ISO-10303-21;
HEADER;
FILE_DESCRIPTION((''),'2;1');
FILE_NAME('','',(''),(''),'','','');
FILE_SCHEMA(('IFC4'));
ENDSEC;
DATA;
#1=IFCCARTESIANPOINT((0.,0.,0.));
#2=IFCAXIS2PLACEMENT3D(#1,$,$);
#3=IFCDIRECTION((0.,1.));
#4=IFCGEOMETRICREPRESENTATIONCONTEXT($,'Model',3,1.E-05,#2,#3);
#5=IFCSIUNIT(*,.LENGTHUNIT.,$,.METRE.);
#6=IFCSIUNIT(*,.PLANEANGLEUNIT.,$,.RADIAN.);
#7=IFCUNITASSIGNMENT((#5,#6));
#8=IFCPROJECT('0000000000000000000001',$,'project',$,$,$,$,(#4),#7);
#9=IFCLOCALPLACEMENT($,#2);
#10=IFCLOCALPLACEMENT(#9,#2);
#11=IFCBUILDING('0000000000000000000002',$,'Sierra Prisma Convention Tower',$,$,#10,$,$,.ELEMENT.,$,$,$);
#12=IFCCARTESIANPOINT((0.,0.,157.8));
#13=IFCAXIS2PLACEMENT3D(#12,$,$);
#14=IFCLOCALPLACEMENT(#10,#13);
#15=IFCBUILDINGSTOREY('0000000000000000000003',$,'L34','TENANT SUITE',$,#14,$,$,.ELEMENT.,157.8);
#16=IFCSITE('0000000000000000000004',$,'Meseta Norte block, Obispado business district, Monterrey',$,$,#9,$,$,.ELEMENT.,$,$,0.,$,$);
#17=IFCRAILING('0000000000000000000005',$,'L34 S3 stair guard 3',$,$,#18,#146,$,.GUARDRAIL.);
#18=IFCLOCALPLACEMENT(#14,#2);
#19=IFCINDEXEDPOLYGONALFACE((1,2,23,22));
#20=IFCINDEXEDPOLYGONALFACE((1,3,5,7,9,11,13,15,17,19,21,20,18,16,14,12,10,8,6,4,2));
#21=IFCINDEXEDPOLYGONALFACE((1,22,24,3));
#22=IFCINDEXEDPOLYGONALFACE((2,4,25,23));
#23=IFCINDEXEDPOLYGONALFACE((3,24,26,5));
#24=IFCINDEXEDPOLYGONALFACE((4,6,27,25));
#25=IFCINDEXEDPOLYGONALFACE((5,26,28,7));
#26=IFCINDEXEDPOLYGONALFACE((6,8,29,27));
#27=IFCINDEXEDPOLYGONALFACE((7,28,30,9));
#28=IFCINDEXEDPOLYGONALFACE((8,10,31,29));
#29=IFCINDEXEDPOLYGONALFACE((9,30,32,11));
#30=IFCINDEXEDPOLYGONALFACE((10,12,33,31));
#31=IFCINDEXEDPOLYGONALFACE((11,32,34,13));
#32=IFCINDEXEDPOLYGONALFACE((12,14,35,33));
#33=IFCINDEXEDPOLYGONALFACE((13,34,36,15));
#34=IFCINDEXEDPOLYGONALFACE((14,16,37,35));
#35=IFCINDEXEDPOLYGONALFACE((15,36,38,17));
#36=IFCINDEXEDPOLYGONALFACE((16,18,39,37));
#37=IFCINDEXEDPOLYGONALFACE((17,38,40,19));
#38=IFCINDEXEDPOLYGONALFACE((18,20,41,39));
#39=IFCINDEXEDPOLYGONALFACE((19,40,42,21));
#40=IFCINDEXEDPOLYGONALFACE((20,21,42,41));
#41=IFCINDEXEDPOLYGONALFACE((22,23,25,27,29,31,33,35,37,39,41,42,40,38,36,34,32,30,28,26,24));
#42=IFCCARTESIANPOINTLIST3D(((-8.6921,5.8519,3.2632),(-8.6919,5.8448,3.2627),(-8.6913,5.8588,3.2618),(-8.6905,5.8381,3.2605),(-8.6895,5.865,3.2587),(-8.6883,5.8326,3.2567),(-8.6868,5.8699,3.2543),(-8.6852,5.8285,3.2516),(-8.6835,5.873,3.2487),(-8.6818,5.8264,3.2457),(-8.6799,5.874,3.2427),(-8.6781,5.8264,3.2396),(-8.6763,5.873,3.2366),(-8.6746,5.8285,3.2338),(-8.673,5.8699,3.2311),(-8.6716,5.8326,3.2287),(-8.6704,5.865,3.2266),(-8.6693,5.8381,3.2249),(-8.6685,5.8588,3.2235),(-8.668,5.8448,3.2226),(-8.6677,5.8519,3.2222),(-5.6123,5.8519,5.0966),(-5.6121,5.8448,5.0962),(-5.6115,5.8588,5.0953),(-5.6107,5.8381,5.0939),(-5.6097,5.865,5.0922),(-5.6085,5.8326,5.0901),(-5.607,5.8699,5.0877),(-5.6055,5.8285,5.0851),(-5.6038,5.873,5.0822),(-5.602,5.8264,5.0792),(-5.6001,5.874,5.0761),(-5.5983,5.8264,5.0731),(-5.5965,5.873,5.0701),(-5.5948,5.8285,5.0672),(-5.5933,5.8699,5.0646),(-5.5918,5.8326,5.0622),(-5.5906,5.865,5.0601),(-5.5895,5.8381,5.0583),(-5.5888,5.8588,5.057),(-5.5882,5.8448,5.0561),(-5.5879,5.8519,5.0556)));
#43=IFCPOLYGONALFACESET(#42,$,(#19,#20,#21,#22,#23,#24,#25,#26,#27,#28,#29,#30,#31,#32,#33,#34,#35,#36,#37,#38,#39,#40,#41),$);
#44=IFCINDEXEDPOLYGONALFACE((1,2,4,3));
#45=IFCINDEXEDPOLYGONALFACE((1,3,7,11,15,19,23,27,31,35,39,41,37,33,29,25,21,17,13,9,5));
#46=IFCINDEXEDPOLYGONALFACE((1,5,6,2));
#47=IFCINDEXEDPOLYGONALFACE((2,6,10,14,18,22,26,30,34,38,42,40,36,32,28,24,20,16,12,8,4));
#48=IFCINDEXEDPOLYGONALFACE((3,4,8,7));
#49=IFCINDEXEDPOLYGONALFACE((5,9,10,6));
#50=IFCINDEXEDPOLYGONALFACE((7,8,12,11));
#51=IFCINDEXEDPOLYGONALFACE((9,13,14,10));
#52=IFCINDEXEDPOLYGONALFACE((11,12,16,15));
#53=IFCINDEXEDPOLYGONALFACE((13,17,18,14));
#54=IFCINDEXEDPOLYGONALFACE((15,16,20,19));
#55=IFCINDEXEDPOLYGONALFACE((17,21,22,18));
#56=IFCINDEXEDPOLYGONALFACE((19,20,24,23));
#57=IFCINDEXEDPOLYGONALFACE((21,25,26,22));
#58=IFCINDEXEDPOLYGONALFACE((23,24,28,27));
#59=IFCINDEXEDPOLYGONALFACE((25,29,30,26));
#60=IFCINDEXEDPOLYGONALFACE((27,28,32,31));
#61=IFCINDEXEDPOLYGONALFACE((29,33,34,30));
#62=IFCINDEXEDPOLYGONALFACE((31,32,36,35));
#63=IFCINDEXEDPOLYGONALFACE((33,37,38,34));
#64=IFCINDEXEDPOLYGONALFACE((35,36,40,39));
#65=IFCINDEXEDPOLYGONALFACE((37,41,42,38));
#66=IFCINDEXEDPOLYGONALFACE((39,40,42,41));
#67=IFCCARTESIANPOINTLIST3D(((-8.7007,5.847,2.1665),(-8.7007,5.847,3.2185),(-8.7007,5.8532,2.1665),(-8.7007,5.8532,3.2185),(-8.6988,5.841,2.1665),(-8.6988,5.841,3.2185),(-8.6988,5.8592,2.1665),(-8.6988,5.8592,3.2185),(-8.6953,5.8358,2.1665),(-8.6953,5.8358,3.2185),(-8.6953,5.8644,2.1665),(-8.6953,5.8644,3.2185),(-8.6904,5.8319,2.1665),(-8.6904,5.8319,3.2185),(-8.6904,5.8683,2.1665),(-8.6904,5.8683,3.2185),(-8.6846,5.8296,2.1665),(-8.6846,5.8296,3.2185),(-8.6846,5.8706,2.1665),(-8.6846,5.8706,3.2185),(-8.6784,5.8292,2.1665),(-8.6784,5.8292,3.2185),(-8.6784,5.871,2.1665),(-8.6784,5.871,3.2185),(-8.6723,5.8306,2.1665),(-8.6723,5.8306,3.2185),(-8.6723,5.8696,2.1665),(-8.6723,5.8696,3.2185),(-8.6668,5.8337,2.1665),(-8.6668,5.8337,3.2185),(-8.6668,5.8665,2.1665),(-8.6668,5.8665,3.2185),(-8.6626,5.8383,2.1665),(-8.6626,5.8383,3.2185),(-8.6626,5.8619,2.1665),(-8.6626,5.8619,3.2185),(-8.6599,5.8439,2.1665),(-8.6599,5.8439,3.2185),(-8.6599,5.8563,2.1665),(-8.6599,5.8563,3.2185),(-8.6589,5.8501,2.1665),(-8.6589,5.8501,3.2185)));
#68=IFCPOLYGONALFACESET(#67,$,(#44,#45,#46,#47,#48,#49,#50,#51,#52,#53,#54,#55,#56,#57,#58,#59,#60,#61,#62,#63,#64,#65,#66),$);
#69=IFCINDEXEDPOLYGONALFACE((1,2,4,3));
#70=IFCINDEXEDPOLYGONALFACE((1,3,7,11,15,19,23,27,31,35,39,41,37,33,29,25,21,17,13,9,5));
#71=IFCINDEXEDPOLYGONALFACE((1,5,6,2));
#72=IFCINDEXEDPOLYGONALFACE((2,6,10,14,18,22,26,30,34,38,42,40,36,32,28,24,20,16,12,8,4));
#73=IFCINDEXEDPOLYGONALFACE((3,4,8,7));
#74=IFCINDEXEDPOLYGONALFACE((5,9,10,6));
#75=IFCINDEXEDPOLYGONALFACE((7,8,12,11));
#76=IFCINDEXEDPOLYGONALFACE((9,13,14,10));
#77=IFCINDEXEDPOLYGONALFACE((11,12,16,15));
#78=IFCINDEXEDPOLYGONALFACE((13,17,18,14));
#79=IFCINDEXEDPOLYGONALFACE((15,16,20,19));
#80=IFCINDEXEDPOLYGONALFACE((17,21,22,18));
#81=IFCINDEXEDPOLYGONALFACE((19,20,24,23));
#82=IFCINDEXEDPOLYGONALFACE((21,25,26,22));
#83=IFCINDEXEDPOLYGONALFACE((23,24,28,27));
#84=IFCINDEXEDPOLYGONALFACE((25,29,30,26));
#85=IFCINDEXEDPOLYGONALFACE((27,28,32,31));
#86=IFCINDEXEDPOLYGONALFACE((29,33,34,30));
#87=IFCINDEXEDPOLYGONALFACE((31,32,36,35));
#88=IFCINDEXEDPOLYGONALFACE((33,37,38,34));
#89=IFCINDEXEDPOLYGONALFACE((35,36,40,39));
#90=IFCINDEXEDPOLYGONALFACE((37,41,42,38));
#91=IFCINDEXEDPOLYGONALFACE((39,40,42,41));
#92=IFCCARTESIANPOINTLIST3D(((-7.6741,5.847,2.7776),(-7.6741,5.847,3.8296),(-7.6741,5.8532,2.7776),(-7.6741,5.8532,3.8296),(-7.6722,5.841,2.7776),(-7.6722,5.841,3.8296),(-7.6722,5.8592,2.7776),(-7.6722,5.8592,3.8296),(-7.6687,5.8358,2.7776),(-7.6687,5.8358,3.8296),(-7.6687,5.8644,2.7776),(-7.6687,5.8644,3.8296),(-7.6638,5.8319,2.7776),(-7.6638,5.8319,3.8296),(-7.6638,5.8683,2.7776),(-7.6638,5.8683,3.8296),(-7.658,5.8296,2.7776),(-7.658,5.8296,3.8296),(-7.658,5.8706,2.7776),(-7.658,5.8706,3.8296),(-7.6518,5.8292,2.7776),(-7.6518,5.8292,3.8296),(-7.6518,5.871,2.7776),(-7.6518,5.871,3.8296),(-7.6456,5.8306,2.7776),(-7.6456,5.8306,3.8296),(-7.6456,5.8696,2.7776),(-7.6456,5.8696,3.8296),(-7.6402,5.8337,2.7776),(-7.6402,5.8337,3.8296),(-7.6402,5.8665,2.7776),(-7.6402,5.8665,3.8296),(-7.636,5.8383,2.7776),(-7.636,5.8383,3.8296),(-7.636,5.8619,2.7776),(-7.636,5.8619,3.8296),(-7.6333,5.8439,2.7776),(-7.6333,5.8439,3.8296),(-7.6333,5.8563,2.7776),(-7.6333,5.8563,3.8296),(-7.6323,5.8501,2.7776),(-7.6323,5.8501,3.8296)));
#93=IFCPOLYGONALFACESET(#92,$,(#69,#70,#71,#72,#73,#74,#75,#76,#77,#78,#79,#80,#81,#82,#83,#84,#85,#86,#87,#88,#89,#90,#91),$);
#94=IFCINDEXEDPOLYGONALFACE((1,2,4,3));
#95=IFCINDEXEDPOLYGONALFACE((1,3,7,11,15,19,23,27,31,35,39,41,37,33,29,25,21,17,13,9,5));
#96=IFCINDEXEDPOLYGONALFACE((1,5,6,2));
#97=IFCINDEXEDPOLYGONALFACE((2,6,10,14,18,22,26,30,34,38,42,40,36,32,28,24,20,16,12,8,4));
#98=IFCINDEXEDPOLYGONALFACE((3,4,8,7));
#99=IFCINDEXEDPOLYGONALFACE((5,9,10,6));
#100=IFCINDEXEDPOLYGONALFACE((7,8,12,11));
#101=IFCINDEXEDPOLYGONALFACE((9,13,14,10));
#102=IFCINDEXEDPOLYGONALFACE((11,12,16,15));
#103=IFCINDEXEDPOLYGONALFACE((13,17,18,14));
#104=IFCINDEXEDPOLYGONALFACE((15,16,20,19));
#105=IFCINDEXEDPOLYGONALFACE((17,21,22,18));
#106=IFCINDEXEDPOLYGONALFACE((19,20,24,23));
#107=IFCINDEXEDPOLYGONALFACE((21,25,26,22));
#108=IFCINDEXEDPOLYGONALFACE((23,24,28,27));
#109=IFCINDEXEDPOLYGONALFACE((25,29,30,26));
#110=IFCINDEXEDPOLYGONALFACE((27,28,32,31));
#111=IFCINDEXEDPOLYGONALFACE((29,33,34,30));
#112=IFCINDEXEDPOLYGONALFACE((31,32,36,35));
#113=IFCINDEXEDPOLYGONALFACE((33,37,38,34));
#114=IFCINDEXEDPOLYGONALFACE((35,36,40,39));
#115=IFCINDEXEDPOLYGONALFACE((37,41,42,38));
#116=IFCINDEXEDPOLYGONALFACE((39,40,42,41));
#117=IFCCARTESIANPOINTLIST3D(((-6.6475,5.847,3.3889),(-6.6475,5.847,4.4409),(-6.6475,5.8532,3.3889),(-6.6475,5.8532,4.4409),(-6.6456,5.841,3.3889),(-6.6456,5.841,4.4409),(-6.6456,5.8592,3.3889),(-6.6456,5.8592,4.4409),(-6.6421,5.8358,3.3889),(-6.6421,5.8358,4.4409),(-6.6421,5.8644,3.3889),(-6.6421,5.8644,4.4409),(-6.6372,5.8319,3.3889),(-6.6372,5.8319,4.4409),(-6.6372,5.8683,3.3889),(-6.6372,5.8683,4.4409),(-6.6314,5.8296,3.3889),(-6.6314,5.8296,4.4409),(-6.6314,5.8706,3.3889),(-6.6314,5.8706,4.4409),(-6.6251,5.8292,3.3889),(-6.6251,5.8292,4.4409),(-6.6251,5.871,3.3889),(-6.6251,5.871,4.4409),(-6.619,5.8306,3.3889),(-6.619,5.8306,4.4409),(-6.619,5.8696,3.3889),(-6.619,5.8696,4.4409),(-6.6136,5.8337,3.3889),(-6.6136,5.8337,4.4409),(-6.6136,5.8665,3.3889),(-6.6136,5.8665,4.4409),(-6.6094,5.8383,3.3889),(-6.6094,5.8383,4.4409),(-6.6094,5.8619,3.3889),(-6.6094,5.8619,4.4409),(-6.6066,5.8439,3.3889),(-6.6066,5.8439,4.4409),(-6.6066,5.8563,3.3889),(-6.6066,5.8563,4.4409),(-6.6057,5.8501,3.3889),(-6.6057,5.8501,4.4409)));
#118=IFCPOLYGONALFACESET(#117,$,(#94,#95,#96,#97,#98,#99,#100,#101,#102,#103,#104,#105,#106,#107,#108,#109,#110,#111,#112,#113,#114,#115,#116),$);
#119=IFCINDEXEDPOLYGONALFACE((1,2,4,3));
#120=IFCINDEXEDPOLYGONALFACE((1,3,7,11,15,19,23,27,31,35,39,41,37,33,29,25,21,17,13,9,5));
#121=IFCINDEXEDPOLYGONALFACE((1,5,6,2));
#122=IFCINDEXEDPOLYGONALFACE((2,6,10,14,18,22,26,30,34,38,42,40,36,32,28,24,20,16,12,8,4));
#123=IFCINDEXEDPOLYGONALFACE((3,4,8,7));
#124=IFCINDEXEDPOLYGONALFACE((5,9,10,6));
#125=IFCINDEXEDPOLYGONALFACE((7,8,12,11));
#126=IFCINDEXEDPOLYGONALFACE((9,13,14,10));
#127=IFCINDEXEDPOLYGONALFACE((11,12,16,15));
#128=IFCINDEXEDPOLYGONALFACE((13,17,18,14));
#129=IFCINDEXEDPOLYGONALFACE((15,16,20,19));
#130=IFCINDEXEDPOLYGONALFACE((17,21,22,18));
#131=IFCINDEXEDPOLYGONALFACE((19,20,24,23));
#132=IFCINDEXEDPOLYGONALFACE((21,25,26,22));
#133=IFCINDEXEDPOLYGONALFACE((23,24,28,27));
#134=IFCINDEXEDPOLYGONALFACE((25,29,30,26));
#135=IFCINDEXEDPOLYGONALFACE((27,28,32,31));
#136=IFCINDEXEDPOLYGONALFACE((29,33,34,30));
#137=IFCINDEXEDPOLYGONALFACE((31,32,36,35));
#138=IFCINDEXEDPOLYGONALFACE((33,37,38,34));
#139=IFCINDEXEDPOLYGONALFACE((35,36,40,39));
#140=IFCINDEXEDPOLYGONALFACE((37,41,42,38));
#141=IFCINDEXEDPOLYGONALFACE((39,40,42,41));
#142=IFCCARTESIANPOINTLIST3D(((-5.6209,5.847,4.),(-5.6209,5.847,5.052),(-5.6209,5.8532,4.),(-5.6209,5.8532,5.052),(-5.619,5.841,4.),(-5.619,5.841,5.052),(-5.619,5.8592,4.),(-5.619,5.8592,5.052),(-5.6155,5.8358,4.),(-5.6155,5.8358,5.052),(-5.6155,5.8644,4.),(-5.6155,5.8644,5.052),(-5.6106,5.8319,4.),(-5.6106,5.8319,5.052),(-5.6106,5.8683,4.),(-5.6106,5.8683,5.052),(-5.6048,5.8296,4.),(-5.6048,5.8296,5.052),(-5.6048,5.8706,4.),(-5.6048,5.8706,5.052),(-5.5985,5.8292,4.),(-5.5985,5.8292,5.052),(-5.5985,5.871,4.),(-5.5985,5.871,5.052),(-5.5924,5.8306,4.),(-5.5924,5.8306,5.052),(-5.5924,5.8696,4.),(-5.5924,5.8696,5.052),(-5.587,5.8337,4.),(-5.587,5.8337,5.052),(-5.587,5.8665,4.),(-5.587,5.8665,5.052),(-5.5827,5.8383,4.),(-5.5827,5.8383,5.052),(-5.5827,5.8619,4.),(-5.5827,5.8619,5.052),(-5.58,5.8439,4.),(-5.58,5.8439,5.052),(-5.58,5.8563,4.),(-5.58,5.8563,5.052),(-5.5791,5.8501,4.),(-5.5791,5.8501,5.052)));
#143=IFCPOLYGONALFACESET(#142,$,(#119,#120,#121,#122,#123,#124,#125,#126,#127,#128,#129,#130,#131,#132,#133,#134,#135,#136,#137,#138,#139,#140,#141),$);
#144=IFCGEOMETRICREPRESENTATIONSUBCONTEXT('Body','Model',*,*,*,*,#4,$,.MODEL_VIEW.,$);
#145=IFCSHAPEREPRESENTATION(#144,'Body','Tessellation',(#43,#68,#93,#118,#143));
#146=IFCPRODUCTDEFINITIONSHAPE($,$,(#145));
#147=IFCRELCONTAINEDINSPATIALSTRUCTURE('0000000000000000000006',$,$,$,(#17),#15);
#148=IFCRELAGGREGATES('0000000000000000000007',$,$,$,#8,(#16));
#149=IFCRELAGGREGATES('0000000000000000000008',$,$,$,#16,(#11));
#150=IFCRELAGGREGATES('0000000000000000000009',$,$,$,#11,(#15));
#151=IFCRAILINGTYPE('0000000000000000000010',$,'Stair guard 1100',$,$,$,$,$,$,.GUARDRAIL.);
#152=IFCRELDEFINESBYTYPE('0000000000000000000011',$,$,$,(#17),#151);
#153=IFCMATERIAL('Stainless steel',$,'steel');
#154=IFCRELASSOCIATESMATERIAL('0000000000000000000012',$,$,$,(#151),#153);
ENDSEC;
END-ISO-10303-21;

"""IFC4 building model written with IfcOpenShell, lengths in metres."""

from ifc_helpers import new_model, si_unit, direction, frame, origin, origin_2d, place, context, subcontext, project, spatial, circle, extrude, material, type_object, element, save


model = new_model("IFC4")

# Units and contexts
model_context = context("Model", 3, precision=1e-05, world=origin(), true_north=direction((0.0, 1.0)))
body_context = subcontext(model_context, "Body", "Model", "MODEL_VIEW")
ifc_project = project(units=[si_unit("LENGTHUNIT", "METRE"), si_unit("PLANEANGLEUNIT", "RADIAN")], contexts=[model_context])

# Site, building, storey
site_placement = place(None, origin())
site = spatial("IfcSite", under=ifc_project, at=site_placement, Name="Meseta Norte block, Obispado business district, Monterrey", CompositionType="ELEMENT", RefElevation=0.0)
building_placement = place(site_placement, origin())
building = spatial("IfcBuilding", under=site, at=building_placement, Name="Sierra Prisma Convention Tower", CompositionType="ELEMENT")
storey_placement = place(building_placement, frame((0.0, 0.0, 157.8)))
storey = spatial("IfcBuildingStorey", under=building, at=storey_placement, Name="L34", Description="TENANT SUITE", CompositionType="ELEMENT", Elevation=157.8)

# Railing
ifc_material_1 = material(Name="Stainless steel", Category="steel")
railing_type_1 = type_object("IfcRailingType", Name="Stair guard 1100", PredefinedType="GUARDRAIL", material=ifc_material_1)
railing_1_placement = place(storey_placement, frame((-8.6799, 5.8501, 2.1665)))
element("IfcRailing", 1, at=railing_1_placement, inside=storey, type_object=railing_type_1, Name="L34 S3 stair guard 3", PredefinedType="GUARDRAIL", context=body_context, shape_type="SweptSolid", body=[
    extrude(circle(Radius=0.0239, at=origin_2d()), frame((0.0, 0.0, 1.0762), z_axis=(0.859261, 0.0, 0.511538), x_axis=(0.0, 1.0, 0.0)), (0.0, 0.0, 1.0), 3.5842),
    extrude(circle(Radius=0.021, at=origin_2d()), origin(), (0.0, 0.0, 1.0), 1.052),
    extrude(circle(Radius=0.021, at=origin_2d()), frame((1.0266, 0.0, 0.6111)), (0.0, 0.0, 1.0), 1.052),
    extrude(circle(Radius=0.021, at=origin_2d()), frame((2.0532, 0.0, 1.2224)), (0.0, 0.0, 1.0), 1.052),
    extrude(circle(Radius=0.021, at=origin_2d()), frame((3.0798, 0.0, 1.8335)), (0.0, 0.0, 1.0), 1.052),
])

save(model, "model.ifc")
